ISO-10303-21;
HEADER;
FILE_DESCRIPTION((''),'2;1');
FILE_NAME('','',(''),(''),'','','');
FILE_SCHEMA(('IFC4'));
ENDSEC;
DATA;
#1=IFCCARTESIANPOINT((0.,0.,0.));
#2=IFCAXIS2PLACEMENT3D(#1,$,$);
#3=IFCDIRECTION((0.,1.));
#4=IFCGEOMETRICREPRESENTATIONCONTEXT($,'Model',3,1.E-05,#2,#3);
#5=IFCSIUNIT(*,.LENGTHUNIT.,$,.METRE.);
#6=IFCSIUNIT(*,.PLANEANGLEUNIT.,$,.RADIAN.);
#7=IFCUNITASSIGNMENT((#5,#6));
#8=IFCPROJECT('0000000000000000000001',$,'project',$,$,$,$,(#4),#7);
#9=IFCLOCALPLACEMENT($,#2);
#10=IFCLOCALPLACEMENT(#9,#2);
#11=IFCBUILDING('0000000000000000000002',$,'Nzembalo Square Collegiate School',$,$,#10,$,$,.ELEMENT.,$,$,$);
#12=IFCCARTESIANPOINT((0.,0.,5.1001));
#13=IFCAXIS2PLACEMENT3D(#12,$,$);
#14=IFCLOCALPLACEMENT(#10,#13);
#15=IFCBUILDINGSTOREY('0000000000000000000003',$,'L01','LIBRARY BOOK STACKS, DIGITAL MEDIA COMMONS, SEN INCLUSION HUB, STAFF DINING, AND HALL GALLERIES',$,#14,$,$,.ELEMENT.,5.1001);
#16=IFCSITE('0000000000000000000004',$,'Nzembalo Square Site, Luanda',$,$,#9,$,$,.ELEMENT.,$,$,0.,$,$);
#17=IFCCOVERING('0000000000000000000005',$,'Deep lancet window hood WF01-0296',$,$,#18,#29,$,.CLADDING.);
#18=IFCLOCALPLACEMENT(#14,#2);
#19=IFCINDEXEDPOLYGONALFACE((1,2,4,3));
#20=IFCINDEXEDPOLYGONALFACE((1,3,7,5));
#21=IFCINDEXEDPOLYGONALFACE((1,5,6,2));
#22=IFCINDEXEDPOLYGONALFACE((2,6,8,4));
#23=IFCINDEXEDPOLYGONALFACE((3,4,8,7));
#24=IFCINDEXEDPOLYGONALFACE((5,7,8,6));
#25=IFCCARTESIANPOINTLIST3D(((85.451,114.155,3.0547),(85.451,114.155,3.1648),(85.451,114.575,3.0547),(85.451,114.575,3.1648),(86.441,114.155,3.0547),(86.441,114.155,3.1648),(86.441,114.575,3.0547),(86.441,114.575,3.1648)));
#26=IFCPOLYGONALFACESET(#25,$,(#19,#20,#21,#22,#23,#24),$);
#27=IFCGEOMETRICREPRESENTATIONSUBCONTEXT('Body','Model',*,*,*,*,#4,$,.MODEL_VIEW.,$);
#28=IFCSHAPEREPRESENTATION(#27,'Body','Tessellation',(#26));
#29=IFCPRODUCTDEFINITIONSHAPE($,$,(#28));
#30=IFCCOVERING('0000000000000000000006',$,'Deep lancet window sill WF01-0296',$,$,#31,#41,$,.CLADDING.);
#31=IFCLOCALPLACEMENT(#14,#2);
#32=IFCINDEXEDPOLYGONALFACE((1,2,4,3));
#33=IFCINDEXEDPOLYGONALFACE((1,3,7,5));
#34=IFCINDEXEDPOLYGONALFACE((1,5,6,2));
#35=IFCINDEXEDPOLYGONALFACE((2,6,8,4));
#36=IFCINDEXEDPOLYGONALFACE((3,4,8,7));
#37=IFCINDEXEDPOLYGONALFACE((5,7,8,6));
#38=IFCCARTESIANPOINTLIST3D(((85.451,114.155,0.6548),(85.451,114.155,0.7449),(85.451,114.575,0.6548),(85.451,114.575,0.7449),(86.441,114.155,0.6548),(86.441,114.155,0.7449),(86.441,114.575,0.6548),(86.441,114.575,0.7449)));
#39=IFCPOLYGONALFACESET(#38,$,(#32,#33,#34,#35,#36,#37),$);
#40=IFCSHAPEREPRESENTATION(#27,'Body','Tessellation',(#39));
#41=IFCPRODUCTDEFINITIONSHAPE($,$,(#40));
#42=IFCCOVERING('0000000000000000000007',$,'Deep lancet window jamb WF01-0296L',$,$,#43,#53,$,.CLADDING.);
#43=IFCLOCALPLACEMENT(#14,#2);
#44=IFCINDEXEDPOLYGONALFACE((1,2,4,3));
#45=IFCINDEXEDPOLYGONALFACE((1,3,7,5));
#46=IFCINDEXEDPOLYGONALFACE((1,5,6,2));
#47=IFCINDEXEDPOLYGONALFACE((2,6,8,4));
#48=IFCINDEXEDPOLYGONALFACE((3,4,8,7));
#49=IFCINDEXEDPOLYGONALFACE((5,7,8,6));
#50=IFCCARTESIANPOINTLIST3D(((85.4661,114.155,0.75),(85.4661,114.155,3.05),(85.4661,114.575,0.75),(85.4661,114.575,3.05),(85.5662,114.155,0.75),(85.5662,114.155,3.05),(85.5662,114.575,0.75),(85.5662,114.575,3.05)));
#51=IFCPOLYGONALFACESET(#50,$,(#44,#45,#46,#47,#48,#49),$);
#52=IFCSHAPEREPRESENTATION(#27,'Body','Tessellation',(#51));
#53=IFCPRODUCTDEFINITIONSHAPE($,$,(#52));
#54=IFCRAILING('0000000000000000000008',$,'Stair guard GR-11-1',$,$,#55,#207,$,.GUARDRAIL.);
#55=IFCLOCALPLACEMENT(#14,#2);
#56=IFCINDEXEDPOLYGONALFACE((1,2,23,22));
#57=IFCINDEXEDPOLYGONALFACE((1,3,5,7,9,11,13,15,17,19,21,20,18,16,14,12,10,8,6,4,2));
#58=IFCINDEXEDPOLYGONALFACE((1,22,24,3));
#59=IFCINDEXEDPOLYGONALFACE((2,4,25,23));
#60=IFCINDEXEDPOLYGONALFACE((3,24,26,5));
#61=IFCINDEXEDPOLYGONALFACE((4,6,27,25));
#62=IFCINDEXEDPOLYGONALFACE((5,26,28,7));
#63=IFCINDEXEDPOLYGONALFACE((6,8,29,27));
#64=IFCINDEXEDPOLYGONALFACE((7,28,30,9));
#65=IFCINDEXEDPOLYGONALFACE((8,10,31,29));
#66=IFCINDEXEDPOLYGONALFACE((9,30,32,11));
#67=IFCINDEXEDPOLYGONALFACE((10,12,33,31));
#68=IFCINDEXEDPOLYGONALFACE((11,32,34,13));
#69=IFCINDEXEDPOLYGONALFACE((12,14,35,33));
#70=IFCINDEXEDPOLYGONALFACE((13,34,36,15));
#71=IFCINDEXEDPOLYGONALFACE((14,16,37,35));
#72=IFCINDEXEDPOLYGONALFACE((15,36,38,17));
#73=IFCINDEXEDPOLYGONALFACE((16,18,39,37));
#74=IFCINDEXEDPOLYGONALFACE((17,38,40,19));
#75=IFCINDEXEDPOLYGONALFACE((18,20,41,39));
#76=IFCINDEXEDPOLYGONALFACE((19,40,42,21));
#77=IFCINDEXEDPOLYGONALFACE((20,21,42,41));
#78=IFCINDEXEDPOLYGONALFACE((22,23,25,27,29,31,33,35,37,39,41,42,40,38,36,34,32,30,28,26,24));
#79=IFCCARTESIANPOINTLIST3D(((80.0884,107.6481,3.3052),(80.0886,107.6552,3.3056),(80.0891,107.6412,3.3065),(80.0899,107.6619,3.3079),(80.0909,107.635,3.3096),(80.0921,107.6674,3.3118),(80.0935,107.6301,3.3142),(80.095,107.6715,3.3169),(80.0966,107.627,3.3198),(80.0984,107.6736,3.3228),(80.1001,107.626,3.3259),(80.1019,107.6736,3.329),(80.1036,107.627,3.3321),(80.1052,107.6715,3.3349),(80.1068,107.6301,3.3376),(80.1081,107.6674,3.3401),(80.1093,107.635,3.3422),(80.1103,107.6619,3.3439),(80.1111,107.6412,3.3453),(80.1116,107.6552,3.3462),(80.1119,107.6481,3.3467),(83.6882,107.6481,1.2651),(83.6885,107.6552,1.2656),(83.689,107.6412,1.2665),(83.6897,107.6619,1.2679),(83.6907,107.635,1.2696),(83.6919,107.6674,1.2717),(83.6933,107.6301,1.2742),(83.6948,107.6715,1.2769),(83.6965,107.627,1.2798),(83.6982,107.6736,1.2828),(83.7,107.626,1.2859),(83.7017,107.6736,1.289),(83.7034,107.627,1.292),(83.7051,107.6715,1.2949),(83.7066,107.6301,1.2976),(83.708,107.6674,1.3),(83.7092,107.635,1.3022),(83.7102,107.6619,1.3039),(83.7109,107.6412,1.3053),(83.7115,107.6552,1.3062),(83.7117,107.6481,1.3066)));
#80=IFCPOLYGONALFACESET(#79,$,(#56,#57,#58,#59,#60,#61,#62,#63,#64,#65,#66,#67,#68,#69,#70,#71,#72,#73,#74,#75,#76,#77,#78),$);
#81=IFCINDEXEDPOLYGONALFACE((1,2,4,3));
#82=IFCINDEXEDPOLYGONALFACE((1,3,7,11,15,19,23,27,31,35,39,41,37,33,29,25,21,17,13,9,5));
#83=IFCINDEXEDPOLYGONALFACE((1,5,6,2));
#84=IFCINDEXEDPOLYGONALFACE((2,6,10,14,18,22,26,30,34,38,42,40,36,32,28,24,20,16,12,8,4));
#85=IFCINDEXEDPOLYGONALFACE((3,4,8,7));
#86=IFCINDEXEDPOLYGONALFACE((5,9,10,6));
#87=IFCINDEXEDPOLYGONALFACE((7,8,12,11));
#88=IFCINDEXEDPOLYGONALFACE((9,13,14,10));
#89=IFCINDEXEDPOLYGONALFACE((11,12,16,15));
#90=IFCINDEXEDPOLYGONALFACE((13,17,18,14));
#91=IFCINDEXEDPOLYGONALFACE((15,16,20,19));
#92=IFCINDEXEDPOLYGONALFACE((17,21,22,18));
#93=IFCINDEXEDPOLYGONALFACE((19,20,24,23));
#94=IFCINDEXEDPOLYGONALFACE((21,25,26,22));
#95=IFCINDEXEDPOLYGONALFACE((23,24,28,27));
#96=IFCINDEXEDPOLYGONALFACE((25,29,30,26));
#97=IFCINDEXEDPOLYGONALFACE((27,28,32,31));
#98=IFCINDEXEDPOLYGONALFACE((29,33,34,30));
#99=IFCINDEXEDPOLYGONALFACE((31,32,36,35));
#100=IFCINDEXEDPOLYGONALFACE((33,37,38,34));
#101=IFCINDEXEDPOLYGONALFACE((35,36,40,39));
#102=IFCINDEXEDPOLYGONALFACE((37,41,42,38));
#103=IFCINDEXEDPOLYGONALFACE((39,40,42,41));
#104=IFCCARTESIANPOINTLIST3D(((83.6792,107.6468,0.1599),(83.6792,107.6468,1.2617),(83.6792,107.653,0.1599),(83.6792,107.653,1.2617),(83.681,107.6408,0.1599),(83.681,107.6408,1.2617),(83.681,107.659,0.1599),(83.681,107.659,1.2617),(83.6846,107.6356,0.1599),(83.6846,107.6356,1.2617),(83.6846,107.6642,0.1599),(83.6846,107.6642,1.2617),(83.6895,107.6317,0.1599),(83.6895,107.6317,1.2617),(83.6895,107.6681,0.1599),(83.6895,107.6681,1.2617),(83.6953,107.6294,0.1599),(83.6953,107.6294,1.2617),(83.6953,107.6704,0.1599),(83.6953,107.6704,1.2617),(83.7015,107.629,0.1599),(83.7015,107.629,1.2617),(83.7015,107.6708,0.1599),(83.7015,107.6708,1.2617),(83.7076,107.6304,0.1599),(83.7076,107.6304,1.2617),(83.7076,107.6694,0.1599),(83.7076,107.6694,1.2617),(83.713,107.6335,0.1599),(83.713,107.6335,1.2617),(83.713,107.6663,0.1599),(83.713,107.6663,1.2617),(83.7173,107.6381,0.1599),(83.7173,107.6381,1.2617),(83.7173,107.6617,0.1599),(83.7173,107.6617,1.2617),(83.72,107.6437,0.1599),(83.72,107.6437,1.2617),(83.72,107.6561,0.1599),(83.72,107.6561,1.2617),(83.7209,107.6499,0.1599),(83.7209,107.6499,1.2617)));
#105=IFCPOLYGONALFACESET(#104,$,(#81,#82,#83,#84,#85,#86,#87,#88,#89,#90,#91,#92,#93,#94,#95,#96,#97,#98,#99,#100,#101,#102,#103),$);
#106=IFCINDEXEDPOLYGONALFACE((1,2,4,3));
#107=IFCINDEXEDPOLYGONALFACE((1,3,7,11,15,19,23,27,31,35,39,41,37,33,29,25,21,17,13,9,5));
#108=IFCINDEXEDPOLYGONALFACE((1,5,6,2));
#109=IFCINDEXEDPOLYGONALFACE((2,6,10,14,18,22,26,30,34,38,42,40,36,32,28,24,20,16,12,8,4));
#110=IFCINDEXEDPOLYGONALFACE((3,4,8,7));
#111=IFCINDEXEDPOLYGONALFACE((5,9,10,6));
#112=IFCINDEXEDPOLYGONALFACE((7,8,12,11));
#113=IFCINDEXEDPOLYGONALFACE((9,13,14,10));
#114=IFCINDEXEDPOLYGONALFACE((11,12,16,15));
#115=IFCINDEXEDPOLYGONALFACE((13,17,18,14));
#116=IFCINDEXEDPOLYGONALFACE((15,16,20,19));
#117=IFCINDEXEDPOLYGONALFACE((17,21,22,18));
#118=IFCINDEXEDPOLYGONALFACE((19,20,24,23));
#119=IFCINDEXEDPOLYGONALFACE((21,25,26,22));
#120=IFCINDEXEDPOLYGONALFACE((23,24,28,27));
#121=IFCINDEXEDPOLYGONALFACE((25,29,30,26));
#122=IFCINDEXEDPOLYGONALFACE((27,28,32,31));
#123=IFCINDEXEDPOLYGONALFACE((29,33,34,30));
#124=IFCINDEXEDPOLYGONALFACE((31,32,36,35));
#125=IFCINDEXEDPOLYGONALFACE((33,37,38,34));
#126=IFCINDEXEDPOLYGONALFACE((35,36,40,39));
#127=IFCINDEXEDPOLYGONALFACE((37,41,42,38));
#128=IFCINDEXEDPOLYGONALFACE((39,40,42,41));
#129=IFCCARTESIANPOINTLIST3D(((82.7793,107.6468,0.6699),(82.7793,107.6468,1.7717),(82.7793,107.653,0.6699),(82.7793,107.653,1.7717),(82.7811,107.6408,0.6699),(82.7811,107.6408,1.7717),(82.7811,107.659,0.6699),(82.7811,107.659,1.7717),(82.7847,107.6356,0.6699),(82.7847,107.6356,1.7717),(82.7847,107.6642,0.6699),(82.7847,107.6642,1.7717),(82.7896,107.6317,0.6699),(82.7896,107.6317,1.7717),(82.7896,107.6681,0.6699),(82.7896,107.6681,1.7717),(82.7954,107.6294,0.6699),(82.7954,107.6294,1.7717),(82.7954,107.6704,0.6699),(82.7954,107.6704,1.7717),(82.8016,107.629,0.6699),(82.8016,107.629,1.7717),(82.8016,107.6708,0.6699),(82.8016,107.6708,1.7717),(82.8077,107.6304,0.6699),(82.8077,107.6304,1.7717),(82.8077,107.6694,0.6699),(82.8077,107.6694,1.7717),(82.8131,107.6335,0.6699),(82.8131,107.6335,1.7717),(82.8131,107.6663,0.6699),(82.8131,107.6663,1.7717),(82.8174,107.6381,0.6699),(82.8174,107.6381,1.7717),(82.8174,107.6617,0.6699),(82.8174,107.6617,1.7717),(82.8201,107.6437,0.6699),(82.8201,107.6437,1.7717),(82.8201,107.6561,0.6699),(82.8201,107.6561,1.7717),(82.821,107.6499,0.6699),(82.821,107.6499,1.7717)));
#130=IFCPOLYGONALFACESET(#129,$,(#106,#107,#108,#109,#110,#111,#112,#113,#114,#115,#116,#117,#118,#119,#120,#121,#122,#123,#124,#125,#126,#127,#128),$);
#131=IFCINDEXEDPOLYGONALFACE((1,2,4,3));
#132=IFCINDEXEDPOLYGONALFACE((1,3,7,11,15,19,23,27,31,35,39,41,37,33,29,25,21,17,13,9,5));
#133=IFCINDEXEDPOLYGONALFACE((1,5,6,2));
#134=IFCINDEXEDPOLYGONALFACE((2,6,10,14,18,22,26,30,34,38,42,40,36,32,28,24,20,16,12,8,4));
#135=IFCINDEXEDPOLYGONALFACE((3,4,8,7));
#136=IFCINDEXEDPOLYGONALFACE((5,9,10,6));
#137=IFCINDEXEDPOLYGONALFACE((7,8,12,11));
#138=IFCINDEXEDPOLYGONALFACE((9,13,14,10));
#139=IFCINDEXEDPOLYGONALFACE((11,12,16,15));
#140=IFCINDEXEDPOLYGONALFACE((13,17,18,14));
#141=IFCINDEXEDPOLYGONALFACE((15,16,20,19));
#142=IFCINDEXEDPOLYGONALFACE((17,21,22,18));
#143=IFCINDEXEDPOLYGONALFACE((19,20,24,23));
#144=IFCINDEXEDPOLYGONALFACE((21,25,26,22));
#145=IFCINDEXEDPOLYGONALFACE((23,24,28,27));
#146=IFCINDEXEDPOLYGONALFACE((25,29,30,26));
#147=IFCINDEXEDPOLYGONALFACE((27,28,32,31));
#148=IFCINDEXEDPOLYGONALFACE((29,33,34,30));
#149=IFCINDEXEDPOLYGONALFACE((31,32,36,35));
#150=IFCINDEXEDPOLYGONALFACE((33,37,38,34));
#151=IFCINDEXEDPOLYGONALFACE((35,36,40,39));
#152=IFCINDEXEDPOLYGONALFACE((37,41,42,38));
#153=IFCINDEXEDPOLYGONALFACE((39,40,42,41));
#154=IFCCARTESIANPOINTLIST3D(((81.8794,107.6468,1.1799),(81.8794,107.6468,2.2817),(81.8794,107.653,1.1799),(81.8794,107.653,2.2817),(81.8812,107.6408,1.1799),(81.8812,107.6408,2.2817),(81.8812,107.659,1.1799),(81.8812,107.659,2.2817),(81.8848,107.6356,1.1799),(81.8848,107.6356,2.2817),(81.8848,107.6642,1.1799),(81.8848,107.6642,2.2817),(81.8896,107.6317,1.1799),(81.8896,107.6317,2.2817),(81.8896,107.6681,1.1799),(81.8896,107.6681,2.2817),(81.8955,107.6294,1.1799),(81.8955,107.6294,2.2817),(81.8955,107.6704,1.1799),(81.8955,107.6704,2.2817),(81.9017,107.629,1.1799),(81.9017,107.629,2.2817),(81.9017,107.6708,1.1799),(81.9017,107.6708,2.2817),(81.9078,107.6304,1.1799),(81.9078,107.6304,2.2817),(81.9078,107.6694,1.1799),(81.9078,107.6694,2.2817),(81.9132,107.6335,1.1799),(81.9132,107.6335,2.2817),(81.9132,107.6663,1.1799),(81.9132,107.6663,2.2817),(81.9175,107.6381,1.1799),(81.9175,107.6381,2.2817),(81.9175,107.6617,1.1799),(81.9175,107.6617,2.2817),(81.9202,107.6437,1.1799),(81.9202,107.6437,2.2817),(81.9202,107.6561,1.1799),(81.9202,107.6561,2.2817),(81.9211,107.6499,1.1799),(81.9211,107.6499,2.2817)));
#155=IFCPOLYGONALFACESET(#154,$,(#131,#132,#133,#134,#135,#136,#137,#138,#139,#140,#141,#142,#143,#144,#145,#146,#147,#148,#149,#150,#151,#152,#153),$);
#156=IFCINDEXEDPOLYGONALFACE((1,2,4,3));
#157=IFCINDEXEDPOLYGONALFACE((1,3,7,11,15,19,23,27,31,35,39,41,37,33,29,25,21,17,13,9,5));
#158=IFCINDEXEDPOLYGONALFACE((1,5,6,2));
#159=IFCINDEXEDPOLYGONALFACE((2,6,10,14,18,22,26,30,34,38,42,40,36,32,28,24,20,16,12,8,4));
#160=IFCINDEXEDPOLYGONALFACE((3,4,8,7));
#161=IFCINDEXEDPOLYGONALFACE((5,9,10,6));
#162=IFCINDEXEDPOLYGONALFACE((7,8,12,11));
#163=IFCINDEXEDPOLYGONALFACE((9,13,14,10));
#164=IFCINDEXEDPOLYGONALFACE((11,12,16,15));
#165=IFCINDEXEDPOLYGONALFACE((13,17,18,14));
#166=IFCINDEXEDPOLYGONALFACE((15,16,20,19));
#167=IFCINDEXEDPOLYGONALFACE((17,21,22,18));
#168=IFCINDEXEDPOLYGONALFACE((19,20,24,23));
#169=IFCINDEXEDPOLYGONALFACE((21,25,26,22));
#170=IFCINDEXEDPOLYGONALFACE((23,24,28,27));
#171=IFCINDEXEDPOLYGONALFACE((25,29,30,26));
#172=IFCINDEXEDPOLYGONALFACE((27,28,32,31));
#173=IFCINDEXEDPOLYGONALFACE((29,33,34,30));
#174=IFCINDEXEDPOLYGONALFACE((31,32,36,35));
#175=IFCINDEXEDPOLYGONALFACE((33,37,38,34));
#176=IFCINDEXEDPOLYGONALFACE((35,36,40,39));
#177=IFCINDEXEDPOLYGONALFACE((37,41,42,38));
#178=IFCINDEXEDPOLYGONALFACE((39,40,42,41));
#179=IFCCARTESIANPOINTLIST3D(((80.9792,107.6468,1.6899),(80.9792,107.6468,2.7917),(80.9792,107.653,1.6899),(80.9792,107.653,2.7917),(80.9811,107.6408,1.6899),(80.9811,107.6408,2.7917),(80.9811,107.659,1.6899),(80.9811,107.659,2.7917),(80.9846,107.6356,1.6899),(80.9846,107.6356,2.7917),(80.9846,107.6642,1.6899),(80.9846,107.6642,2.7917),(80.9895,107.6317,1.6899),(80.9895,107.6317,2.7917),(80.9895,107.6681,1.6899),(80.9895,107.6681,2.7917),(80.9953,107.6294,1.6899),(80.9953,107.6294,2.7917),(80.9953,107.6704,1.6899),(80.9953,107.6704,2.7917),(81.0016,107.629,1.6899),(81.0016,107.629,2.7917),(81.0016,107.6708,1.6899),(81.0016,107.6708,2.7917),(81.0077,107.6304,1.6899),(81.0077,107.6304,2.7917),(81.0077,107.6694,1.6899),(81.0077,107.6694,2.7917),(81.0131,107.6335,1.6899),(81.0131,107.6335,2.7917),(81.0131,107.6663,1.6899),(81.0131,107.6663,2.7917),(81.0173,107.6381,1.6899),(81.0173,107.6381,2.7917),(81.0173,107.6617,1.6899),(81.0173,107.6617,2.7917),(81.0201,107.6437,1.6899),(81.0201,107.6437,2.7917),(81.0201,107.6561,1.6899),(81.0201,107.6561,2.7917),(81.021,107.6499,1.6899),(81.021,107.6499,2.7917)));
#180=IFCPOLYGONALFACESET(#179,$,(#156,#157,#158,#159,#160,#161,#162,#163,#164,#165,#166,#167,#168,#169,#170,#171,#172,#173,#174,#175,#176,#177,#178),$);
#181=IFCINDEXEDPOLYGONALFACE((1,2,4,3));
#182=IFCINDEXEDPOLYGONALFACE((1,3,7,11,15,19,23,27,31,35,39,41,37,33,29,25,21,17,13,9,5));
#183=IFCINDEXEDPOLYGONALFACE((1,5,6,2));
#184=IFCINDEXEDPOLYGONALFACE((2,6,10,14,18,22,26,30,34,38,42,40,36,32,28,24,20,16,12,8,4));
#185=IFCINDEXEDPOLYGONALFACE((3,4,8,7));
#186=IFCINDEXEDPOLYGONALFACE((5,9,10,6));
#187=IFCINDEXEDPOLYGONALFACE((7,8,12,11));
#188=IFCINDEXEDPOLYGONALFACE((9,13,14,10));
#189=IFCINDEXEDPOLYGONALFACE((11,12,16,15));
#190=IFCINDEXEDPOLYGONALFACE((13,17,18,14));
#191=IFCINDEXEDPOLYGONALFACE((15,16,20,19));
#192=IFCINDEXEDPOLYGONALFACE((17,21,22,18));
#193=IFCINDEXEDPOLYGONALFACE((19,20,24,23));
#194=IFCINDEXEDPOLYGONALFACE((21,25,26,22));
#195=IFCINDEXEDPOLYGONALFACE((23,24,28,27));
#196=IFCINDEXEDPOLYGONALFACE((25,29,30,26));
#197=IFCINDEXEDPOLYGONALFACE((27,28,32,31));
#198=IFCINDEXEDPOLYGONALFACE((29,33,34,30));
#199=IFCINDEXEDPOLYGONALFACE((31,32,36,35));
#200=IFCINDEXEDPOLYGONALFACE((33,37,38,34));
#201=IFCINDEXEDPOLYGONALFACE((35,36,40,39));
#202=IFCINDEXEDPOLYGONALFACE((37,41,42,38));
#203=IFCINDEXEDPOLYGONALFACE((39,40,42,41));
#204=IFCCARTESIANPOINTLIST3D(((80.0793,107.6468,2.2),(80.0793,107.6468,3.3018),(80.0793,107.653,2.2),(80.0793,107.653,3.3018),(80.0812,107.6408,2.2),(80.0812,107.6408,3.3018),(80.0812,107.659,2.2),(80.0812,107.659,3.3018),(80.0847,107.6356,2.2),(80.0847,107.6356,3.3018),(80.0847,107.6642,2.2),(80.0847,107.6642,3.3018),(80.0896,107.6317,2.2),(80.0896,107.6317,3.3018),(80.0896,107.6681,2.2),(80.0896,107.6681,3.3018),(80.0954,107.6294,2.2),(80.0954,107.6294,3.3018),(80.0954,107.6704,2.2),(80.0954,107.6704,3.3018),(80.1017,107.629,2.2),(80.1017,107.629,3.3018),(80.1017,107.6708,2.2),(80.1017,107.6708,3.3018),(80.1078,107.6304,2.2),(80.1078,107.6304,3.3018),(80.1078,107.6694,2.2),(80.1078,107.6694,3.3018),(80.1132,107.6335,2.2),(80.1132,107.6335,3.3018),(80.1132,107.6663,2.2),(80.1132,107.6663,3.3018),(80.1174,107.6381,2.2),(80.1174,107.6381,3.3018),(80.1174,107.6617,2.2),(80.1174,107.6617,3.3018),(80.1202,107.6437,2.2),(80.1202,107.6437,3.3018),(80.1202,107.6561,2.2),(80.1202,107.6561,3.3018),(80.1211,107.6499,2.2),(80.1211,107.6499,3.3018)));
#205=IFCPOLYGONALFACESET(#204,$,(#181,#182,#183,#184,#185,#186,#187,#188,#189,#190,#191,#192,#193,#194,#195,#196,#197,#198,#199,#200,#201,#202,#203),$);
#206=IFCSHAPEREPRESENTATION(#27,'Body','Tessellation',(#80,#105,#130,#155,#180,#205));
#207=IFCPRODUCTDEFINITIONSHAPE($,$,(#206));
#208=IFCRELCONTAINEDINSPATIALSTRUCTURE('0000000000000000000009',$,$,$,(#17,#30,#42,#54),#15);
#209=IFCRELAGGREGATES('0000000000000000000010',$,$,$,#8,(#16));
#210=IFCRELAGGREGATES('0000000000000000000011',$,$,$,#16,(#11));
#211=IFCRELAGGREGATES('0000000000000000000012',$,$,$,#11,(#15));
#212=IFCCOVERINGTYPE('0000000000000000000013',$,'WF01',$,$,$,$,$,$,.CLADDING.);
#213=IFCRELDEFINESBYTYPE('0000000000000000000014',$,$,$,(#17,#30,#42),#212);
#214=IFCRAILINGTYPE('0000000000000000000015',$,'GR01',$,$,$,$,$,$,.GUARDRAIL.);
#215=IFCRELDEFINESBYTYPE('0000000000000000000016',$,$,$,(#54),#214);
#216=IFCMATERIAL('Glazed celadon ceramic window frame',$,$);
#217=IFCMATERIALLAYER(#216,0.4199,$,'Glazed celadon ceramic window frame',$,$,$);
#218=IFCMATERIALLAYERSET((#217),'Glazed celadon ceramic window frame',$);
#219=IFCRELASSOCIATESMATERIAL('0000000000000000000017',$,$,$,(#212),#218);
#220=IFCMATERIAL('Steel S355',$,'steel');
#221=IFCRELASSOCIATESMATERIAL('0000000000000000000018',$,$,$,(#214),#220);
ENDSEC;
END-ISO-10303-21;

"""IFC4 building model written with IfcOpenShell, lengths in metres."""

from ifc_helpers import new_model, si_unit, direction, frame, origin, origin_2d, place, context, subcontext, project, spatial, rectangle, circle, extrude, material, layer, layer_set, type_object, element, save


model = new_model("IFC4")

# Units and contexts
model_context = context("Model", 3, precision=1e-05, world=origin(), true_north=direction((0.0, 1.0)))
body_context = subcontext(model_context, "Body", "Model", "MODEL_VIEW")
ifc_project = project(units=[si_unit("LENGTHUNIT", "METRE"), si_unit("PLANEANGLEUNIT", "RADIAN")], contexts=[model_context])

# Site, building, storey
site_placement = place(None, origin())
site = spatial("IfcSite", under=ifc_project, at=site_placement, Name="Nzembalo Square Site, Luanda", CompositionType="ELEMENT", RefElevation=0.0)
building_placement = place(site_placement, origin())
building = spatial("IfcBuilding", under=site, at=building_placement, Name="Nzembalo Square Collegiate School", CompositionType="ELEMENT")
storey_placement = place(building_placement, frame((0.0, 0.0, 5.1001)))
storey = spatial("IfcBuildingStorey", under=building, at=storey_placement, Name="L01", Description="LIBRARY BOOK STACKS, DIGITAL MEDIA COMMONS, SEN INCLUSION HUB, STAFF DINING, AND HALL GALLERIES", CompositionType="ELEMENT", Elevation=5.1001)

# Coverings
ifc_material_1 = material(Name="Glazed celadon ceramic window frame")
ifc_layer_1 = layer(ifc_material_1, 0.4199, Name="Glazed celadon ceramic window frame")
ifc_layer_set_1 = layer_set([ifc_layer_1], Name="Glazed celadon ceramic window frame")
covering_type_1 = type_object("IfcCoveringType", Name="WF01", PredefinedType="CLADDING", material=ifc_layer_set_1)
covering_1_placement = place(storey_placement, frame((85.946, 114.365, 3.0547), z_axis=(0.0, 0.0, 1.0), x_axis=(1.0, 0.0, 0.0)))
element("IfcCovering", 1, at=covering_1_placement, inside=storey, type_object=covering_type_1, Name="Deep lancet window hood WF01-0296", PredefinedType="CLADDING", context=body_context, shape_type="SweptSolid", body=[
    extrude(rectangle(XDim=0.99, YDim=0.4199, at=origin_2d()), origin(), (0.0, 0.0, 1.0), 0.1101),
])
covering_2_placement = place(storey_placement, frame((85.946, 114.365, 0.6548), z_axis=(0.0, 0.0, 1.0), x_axis=(1.0, 0.0, 0.0)))
element("IfcCovering", 2, at=covering_2_placement, inside=storey, type_object=covering_type_1, Name="Deep lancet window sill WF01-0296", PredefinedType="CLADDING", context=body_context, shape_type="SweptSolid", body=[
    extrude(rectangle(XDim=0.99, YDim=0.4199, at=origin_2d()), origin(), (0.0, 0.0, 1.0), 0.0901),
])
covering_3_placement = place(storey_placement, frame((85.5161, 114.365, 0.75), z_axis=(0.0, 0.0, 1.0), x_axis=(1.0, 0.0, 0.0)))
element("IfcCovering", 3, at=covering_3_placement, inside=storey, type_object=covering_type_1, Name="Deep lancet window jamb WF01-0296L", PredefinedType="CLADDING", context=body_context, shape_type="SweptSolid", body=[
    extrude(rectangle(XDim=0.1001, YDim=0.4199, at=origin_2d()), origin(), (0.0, 0.0, 1.0), 2.3),
])

# Railing
ifc_material_2 = material(Name="Steel S355", Category="steel")
railing_type_1 = type_object("IfcRailingType", Name="GR01", PredefinedType="GUARDRAIL", material=ifc_material_2)
railing_1_placement = place(storey_placement, frame((83.7, 107.6499, 0.1599)))
element("IfcRailing", 4, at=railing_1_placement, inside=storey, type_object=railing_type_1, Name="Stair guard GR-11-1", PredefinedType="GUARDRAIL", context=body_context, shape_type="SweptSolid", body=[
    extrude(circle(Radius=0.0239, at=origin_2d()), frame((0.0, 0.0, 1.126), z_axis=(-0.87001, 0.0, 0.493035), x_axis=(0.0, -1.0, 0.0)), (0.0, 0.0, 1.0), 4.1377),
    extrude(circle(Radius=0.021, at=origin_2d()), origin(), (0.0, 0.0, 1.0), 1.1018),
    extrude(circle(Radius=0.021, at=origin_2d()), frame((-0.8999, 0.0, 0.51)), (0.0, 0.0, 1.0), 1.1018),
    extrude(circle(Radius=0.021, at=origin_2d()), frame((-1.7998, 0.0, 1.02)), (0.0, 0.0, 1.0), 1.1018),
    extrude(circle(Radius=0.021, at=origin_2d()), frame((-2.7, 0.0, 1.53)), (0.0, 0.0, 1.0), 1.1018),
    extrude(circle(Radius=0.021, at=origin_2d()), frame((-3.5999, 0.0, 2.04)), (0.0, 0.0, 1.0), 1.1018),
])

save(model, "model.ifc")
